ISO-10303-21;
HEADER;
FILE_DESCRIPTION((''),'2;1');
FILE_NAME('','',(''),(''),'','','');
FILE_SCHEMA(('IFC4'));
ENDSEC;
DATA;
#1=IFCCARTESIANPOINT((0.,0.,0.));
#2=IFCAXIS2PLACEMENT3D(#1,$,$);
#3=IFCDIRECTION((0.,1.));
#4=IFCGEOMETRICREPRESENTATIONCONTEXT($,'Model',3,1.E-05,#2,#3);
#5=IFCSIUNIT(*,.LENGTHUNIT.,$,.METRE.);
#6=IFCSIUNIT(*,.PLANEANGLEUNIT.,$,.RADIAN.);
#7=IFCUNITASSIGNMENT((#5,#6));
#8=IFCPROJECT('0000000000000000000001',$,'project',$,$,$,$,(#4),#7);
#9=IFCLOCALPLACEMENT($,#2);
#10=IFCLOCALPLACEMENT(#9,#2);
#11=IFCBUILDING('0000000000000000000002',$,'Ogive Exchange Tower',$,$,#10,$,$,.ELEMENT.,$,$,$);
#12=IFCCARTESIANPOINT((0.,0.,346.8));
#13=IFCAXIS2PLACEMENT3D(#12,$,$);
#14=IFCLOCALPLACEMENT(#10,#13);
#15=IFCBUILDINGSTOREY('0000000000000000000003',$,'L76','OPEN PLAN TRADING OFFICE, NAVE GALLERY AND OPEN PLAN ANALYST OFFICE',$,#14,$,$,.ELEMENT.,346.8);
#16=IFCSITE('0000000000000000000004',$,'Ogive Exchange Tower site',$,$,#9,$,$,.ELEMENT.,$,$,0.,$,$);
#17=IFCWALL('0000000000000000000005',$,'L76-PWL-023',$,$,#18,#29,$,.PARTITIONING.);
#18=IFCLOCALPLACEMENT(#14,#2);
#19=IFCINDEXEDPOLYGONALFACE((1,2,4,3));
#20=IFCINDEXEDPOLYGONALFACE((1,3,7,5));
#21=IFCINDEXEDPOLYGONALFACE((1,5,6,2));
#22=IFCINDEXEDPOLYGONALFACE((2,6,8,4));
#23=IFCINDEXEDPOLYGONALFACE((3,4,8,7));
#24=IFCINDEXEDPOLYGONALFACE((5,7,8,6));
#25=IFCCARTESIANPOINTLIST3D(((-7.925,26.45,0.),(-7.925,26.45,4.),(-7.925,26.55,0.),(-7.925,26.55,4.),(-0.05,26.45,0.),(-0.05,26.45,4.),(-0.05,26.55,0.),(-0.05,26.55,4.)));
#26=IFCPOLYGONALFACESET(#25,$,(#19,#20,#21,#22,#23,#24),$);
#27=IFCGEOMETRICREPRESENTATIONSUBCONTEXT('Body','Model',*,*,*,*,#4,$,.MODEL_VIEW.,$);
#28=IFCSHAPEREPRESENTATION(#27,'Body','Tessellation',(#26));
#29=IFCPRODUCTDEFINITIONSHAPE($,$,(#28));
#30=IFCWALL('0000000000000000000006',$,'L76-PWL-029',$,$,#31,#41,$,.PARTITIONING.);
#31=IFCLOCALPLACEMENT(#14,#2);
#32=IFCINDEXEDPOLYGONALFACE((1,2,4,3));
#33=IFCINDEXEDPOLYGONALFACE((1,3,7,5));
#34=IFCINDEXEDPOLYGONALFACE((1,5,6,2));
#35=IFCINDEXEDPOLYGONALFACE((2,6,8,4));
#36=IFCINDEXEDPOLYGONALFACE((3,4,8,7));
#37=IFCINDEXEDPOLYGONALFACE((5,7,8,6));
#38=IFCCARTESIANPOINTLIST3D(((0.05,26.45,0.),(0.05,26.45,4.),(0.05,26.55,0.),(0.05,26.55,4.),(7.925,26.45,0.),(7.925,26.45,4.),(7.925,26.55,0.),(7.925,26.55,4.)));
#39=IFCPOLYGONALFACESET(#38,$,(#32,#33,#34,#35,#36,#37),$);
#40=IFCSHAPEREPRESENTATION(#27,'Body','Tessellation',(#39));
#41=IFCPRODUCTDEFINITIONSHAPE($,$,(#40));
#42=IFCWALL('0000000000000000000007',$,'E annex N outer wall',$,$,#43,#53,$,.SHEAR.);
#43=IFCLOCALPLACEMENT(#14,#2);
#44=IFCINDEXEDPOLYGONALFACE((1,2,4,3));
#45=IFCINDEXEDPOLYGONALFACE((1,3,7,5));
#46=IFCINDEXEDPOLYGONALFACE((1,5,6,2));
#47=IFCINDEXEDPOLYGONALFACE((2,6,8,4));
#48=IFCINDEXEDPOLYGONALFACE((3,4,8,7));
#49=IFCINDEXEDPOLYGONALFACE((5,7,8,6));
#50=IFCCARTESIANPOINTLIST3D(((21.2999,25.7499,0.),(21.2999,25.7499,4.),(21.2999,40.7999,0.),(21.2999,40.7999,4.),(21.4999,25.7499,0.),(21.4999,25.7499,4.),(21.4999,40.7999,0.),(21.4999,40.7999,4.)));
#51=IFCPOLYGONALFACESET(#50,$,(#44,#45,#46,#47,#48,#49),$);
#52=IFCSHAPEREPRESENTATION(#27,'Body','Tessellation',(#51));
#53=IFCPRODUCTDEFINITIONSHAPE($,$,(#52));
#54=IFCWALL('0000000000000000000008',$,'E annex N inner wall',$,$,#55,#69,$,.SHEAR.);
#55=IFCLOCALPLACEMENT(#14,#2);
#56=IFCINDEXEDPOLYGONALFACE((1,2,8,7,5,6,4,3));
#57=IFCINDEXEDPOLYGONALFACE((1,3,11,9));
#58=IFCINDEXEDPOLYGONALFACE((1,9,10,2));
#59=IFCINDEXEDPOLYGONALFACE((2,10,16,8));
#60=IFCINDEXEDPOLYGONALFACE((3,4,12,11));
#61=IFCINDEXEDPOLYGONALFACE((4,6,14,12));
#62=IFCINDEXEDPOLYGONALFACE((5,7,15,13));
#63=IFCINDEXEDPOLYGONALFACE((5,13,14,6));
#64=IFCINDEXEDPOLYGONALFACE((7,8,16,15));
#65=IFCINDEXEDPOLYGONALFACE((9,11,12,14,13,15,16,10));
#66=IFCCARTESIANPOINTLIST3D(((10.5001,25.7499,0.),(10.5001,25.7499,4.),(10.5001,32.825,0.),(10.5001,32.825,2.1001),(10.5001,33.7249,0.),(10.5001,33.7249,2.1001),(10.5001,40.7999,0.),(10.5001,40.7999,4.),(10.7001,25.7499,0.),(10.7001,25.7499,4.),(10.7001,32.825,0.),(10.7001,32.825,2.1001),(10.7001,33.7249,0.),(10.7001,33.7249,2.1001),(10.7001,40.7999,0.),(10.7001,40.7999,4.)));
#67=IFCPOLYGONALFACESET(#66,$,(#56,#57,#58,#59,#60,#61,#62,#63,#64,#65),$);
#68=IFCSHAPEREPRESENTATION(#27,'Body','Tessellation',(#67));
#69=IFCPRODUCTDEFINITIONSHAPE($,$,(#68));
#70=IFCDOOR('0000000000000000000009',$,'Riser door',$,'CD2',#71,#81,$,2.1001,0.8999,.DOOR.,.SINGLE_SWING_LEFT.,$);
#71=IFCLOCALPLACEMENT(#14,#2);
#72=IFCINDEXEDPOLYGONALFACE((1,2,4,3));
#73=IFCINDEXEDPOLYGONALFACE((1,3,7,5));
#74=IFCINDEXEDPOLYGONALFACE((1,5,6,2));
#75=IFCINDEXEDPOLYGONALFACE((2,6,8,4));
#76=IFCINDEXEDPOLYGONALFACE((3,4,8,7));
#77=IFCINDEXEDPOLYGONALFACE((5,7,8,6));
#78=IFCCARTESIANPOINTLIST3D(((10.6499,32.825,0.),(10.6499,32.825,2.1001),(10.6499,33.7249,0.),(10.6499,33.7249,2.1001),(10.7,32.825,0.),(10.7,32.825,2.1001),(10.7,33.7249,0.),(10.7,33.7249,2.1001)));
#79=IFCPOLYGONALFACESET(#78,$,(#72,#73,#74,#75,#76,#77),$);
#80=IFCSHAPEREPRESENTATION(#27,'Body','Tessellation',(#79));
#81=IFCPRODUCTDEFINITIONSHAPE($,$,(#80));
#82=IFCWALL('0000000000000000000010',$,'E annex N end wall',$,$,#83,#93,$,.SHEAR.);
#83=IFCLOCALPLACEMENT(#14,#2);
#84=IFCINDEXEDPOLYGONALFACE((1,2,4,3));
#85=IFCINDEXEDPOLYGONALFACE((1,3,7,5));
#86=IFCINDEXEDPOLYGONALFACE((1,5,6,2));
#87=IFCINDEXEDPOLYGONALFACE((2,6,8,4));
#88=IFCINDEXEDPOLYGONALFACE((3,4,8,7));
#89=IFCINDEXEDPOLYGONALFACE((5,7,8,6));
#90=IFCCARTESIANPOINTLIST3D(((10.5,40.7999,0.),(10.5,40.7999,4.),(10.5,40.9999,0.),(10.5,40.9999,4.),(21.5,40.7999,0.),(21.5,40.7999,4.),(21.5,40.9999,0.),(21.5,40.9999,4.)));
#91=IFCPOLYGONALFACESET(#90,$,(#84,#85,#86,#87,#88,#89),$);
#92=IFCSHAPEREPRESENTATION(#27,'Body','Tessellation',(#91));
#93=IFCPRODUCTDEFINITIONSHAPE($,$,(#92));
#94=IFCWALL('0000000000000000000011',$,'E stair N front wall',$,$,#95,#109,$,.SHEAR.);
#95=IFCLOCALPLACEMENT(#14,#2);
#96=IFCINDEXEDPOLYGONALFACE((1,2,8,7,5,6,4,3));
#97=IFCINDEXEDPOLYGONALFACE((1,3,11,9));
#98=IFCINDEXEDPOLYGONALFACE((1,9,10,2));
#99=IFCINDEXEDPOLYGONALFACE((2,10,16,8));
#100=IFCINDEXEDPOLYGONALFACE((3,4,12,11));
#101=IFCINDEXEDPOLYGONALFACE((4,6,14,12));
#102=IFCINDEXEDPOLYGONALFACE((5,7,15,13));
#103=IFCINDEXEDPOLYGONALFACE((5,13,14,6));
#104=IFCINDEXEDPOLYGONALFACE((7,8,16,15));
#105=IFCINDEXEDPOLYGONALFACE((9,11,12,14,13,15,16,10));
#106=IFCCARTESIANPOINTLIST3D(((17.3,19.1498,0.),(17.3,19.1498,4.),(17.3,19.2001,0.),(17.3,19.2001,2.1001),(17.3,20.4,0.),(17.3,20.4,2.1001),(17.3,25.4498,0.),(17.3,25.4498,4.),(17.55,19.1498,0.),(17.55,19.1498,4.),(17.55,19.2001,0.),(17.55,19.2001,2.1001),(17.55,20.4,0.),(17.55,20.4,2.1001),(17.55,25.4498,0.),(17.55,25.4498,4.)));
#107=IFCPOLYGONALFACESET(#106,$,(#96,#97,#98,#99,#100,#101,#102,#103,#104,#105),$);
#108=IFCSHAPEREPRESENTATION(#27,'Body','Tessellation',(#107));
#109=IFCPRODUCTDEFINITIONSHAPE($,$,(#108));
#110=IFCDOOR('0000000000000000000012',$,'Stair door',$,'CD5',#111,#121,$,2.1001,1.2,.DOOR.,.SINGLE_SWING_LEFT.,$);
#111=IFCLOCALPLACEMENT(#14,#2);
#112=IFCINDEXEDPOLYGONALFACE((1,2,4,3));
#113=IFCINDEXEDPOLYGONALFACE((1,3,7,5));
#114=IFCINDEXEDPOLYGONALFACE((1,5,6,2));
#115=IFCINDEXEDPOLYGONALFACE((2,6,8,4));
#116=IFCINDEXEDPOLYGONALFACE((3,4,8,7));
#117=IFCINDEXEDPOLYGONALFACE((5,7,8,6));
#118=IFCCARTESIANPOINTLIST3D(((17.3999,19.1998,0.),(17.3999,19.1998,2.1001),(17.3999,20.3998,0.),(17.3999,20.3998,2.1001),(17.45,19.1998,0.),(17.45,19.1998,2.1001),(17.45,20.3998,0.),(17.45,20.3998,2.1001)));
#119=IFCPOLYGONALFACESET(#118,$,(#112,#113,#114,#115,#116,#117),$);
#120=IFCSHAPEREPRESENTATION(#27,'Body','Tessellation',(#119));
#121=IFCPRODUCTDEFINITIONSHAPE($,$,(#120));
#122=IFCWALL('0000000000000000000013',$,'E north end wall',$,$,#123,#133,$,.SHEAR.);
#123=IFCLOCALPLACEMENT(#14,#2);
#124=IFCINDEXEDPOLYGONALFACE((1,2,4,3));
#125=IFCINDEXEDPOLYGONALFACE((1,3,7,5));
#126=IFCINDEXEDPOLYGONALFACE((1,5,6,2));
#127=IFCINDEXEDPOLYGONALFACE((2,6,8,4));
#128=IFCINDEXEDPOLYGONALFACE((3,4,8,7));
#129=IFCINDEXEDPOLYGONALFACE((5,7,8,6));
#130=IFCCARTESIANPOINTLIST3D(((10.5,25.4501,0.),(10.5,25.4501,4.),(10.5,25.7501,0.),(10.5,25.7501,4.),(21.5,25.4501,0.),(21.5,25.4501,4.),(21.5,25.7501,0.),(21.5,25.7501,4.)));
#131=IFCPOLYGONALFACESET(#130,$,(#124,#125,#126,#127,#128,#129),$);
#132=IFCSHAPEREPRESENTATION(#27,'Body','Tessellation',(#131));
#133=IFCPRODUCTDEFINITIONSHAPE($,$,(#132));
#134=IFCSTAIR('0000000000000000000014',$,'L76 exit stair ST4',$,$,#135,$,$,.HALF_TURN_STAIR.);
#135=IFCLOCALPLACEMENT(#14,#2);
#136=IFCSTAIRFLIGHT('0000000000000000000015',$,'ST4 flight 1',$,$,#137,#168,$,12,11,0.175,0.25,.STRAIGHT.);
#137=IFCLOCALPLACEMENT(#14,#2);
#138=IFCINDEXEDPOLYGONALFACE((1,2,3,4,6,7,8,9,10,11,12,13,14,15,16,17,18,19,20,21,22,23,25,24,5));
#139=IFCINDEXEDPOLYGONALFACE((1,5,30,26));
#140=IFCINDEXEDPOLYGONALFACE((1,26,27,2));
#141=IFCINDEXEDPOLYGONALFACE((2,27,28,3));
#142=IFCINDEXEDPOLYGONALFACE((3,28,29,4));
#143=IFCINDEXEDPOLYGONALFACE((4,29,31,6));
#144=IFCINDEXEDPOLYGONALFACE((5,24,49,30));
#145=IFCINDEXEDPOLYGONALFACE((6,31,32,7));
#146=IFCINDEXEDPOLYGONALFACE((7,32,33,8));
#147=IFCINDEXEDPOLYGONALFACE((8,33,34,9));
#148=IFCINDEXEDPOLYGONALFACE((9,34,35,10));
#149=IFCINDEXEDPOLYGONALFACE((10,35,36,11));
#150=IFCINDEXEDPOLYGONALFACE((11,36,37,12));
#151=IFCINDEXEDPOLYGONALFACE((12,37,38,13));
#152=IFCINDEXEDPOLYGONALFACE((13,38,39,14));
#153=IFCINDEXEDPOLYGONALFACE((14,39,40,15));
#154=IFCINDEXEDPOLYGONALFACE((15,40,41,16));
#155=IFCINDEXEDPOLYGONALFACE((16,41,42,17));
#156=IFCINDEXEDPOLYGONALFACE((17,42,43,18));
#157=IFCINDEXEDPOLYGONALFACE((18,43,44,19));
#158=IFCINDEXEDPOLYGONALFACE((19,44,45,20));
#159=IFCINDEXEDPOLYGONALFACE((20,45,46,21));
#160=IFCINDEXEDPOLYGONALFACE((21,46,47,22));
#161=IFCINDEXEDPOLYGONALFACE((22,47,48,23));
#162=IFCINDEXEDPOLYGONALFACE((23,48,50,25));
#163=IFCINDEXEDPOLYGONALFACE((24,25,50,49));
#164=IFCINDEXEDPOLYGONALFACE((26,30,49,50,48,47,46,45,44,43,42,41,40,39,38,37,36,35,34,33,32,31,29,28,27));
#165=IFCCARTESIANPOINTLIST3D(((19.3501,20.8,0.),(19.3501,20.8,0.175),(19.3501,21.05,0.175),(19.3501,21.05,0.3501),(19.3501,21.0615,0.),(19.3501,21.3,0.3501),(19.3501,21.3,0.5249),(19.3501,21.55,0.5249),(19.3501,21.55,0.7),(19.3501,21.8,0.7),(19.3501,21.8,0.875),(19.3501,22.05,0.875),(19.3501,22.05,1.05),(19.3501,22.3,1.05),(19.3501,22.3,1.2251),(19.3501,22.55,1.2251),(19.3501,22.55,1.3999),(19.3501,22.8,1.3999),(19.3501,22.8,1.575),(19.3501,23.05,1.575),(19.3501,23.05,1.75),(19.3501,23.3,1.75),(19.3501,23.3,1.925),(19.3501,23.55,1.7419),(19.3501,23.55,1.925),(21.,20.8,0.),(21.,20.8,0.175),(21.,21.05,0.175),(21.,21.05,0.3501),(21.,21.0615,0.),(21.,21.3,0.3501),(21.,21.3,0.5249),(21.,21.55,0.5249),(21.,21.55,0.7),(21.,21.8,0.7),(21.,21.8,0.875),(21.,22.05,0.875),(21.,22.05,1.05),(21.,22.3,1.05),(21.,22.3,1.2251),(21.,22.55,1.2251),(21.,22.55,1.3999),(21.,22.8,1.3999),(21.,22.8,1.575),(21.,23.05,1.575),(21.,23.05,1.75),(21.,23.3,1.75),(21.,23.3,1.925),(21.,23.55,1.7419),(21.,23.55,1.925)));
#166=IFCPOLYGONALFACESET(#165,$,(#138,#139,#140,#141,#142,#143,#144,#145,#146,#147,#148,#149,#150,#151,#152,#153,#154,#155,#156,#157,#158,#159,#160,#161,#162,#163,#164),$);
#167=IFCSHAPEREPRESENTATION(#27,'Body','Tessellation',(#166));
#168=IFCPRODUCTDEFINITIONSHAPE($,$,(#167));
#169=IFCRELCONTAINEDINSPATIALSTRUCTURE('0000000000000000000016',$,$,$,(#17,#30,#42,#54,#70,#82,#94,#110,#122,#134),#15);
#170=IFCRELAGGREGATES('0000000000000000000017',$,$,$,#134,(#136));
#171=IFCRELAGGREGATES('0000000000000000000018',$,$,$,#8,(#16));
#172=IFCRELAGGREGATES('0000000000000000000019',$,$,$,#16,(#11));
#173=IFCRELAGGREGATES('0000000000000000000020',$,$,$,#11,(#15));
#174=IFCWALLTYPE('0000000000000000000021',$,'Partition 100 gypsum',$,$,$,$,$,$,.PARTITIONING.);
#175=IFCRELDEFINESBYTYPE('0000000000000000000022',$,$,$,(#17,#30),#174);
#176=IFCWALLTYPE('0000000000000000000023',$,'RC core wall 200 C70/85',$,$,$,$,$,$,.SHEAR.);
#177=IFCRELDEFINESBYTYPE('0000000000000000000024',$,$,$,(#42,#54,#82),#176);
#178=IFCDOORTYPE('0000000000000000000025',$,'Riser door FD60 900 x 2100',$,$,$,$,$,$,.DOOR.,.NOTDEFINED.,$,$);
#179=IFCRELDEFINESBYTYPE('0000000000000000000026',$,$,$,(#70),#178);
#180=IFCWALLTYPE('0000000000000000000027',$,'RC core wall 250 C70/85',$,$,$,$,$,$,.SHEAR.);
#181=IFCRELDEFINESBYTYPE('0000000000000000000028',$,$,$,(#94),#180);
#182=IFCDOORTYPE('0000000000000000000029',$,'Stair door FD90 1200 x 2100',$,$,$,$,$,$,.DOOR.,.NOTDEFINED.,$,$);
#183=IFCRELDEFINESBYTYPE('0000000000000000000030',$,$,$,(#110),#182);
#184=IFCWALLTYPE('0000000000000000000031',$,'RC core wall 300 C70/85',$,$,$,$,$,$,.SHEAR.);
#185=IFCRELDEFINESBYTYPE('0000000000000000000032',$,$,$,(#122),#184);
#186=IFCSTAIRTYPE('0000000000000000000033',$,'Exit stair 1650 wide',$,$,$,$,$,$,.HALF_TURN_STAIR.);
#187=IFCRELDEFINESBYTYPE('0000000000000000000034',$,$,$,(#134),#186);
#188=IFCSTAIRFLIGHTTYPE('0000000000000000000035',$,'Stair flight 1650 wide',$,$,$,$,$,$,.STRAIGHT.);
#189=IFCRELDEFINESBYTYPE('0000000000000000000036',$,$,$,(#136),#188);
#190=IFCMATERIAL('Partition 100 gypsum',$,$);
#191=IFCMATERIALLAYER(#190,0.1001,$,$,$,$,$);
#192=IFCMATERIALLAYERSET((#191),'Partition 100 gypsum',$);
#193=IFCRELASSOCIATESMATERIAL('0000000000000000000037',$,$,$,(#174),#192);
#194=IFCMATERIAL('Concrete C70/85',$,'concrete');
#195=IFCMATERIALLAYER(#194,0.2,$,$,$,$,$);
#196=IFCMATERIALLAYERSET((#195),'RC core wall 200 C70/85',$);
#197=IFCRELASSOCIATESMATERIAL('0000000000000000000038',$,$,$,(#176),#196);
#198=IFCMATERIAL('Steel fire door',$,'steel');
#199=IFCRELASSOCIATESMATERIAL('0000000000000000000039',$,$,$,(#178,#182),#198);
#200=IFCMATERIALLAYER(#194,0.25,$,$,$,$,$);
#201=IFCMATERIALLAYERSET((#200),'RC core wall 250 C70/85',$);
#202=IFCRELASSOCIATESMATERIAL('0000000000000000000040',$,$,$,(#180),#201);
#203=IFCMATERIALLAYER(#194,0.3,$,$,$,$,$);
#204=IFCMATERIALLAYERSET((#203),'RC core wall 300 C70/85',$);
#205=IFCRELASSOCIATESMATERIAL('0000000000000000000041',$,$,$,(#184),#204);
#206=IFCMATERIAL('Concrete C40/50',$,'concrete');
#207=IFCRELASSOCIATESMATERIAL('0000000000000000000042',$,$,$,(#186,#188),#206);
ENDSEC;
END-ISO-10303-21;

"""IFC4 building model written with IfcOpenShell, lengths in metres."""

from ifc_helpers import new_model, si_unit, direction, frame, frame_2d, origin, place, context, subcontext, project, spatial, polyline, rectangle, outline, extrude, material, layer, layer_set, type_object, element, fill, aggregate, save


model = new_model("IFC4")

# Units and contexts
model_context = context("Model", 3, precision=1e-05, world=origin(), true_north=direction((0.0, 1.0)))
body_context = subcontext(model_context, "Body", "Model", "MODEL_VIEW")
ifc_project = project(units=[si_unit("LENGTHUNIT", "METRE"), si_unit("PLANEANGLEUNIT", "RADIAN")], contexts=[model_context])

# Site, building, storey
site_placement = place(None, origin())
site = spatial("IfcSite", under=ifc_project, at=site_placement, Name="Ogive Exchange Tower site", CompositionType="ELEMENT", RefElevation=0.0)
building_placement = place(site_placement, origin())
building = spatial("IfcBuilding", under=site, at=building_placement, Name="Ogive Exchange Tower", CompositionType="ELEMENT")
storey_placement = place(building_placement, frame((0.0, 0.0, 346.8)))
storey = spatial("IfcBuildingStorey", under=building, at=storey_placement, Name="L76", Description="OPEN PLAN TRADING OFFICE, NAVE GALLERY AND OPEN PLAN ANALYST OFFICE", CompositionType="ELEMENT", Elevation=346.8)

# Walls
ifc_material_1 = material(Name="Partition 100 gypsum")
ifc_layer_1 = layer(ifc_material_1, 0.1001)
ifc_layer_set_1 = layer_set([ifc_layer_1], Name="Partition 100 gypsum")
wall_type_1 = type_object("IfcWallType", Name="Partition 100 gypsum", PredefinedType="PARTITIONING", material=ifc_layer_set_1)
for number, where, z_axis, x_axis, name in (
    (1, (-0.05, 26.5, 0.0), (0.0, 0.0, 1.0), (-1.0, 0.0, 0.0), "L76-PWL-023"),
    (2, (7.925, 26.5, 0.0), (0.0, 0.0, 1.0), (-1.0, 0.0, 0.0), "L76-PWL-029"),
):
    element("IfcWall", number, at=place(storey_placement, frame(where, z_axis=z_axis, x_axis=x_axis)), inside=storey, type_object=wall_type_1, Name=name, PredefinedType="PARTITIONING", context=body_context, shape_type="SweptSolid", body=[
        extrude(rectangle(XDim=7.875, YDim=0.1001, at=frame_2d((3.9375, 0.0))), origin(), (0.0, 0.0, 1.0), 4.0),
    ])
ifc_material_2 = material(Name="Concrete C70/85", Category="concrete")
ifc_layer_2 = layer(ifc_material_2, 0.2)
ifc_layer_set_2 = layer_set([ifc_layer_2], Name="RC core wall 200 C70/85")
wall_type_2 = type_object("IfcWallType", Name="RC core wall 200 C70/85", PredefinedType="SHEAR", material=ifc_layer_set_2)
wall_1_placement = place(storey_placement, frame((21.3999, 25.75, 0.0), z_axis=(0.0, 0.0, 1.0), x_axis=(0.0, 1.0, 0.0)))
element("IfcWall", 3, at=wall_1_placement, inside=storey, type_object=wall_type_2, Name="E annex N outer wall", PredefinedType="SHEAR", context=body_context, shape_type="SweptSolid", body=[
    extrude(rectangle(XDim=15.05, YDim=0.2, at=frame_2d((7.5249, 0.0))), origin(), (0.0, 0.0, 1.0), 4.0),
])

# Wall, opening, door
wall_2_placement = place(storey_placement, frame((10.6001, 25.75, 0.0), z_axis=(0.0, 0.0, 1.0), x_axis=(0.0, 1.0, 0.0)))
wall_2 = element("IfcWall", 4, at=wall_2_placement, inside=storey, type_object=wall_type_2, Name="E annex N inner wall", PredefinedType="SHEAR", context=body_context, shape_type="SweptSolid", body=[
    extrude(rectangle(XDim=15.05, YDim=0.2, at=frame_2d((7.5249, 0.0))), origin(), (0.0, 0.0, 1.0), 4.0),
])
opening_1_placement = place(wall_2_placement, frame((7.075, 0.0, 0.0)))
opening_1 = element("IfcOpeningElement", 5, at=opening_1_placement, cuts=wall_2, PredefinedType="OPENING", context=body_context, shape_type="SweptSolid", body=[
    extrude(rectangle(XDim=0.8999, YDim=2.1001, at=frame_2d((0.45, 1.05))), frame((0.0, 0.1099, 0.0), z_axis=(0.0, -1.0, 0.0), x_axis=(1.0, 0.0, 0.0)), (0.0, 0.0, 1.0), 0.22),
])
ifc_material_3 = material(Name="Steel fire door", Category="steel")
door_type_1 = type_object("IfcDoorType", Name="Riser door FD60 900 x 2100", OperationType="NOTDEFINED", PredefinedType="DOOR", material=ifc_material_3)
door_1_placement = place(opening_1_placement, origin())
door_1 = element("IfcDoor", 6, at=door_1_placement, inside=storey, type_object=door_type_1, Name="Riser door", ObjectType="CD2", OperationType="SINGLE_SWING_LEFT", OverallHeight=2.1001, OverallWidth=0.8999, PredefinedType="DOOR", context=body_context, shape_type="SweptSolid", body=[
    extrude(rectangle(XDim=0.8999, YDim=2.1001, at=frame_2d((0.45, 1.05))), frame((0.0, -0.0498, 0.0), z_axis=(0.0, -1.0, 0.0), x_axis=(1.0, 0.0, 0.0)), (0.0, 0.0, 1.0), 0.05),
])
fill(opening_1, door_1)

# Wall
wall_3_placement = place(storey_placement, frame((10.5, 40.8999, 0.0), z_axis=(0.0, 0.0, 1.0), x_axis=(1.0, 0.0, 0.0)))
element("IfcWall", 7, at=wall_3_placement, inside=storey, type_object=wall_type_2, Name="E annex N end wall", PredefinedType="SHEAR", context=body_context, shape_type="SweptSolid", body=[
    extrude(rectangle(XDim=11.0, YDim=0.2, at=frame_2d((5.5, 0.0))), origin(), (0.0, 0.0, 1.0), 4.0),
])

# Wall, opening, door
ifc_layer_3 = layer(ifc_material_2, 0.25)
ifc_layer_set_3 = layer_set([ifc_layer_3], Name="RC core wall 250 C70/85")
wall_type_3 = type_object("IfcWallType", Name="RC core wall 250 C70/85", PredefinedType="SHEAR", material=ifc_layer_set_3)
wall_4_placement = place(storey_placement, frame((17.425, 19.1499, 0.0), z_axis=(0.0, 0.0, 1.0), x_axis=(0.0, 1.0, 0.0)))
wall_4 = element("IfcWall", 8, at=wall_4_placement, inside=storey, type_object=wall_type_3, Name="E stair N front wall", PredefinedType="SHEAR", context=body_context, shape_type="SweptSolid", body=[
    extrude(rectangle(XDim=6.3, YDim=0.25, at=frame_2d((3.1499, 0.0))), origin(), (0.0, 0.0, 1.0), 4.0),
])
opening_2_placement = place(wall_4_placement, frame((0.05, 0.0, 0.0)))
opening_2 = element("IfcOpeningElement", 9, at=opening_2_placement, cuts=wall_4, PredefinedType="OPENING", context=body_context, shape_type="SweptSolid", body=[
    extrude(rectangle(XDim=1.2, YDim=2.1001, at=frame_2d((0.6001, 1.05))), frame((0.0, 0.135, 0.0), z_axis=(0.0, -1.0, 0.0), x_axis=(1.0, 0.0, 0.0)), (0.0, 0.0, 1.0), 0.27),
])
door_type_2 = type_object("IfcDoorType", Name="Stair door FD90 1200 x 2100", OperationType="NOTDEFINED", PredefinedType="DOOR", material=ifc_material_3)
door_2_placement = place(opening_2_placement, frame((1.2, 0.0, 0.0), z_axis=(0.0, 0.0, 1.0), x_axis=(-1.0, 0.0, 0.0)))
door_2 = element("IfcDoor", 10, at=door_2_placement, inside=storey, type_object=door_type_2, Name="Stair door", ObjectType="CD5", OperationType="SINGLE_SWING_LEFT", OverallHeight=2.1001, OverallWidth=1.2, PredefinedType="DOOR", context=body_context, shape_type="SweptSolid", body=[
    extrude(rectangle(XDim=1.2, YDim=2.1001, at=frame_2d((0.6001, 1.05))), frame((0.0, 0.0249, 0.0), z_axis=(0.0, -1.0, 0.0), x_axis=(1.0, 0.0, 0.0)), (0.0, 0.0, 1.0), 0.05),
])
fill(opening_2, door_2)

# Wall
ifc_layer_4 = layer(ifc_material_2, 0.3)
ifc_layer_set_4 = layer_set([ifc_layer_4], Name="RC core wall 300 C70/85")
wall_type_4 = type_object("IfcWallType", Name="RC core wall 300 C70/85", PredefinedType="SHEAR", material=ifc_layer_set_4)
wall_5_placement = place(storey_placement, frame((10.5, 25.6001, 0.0), z_axis=(0.0, 0.0, 1.0), x_axis=(1.0, 0.0, 0.0)))
element("IfcWall", 11, at=wall_5_placement, inside=storey, type_object=wall_type_4, Name="E north end wall", PredefinedType="SHEAR", context=body_context, shape_type="SweptSolid", body=[
    extrude(rectangle(XDim=11.0, YDim=0.3, at=frame_2d((5.5, 0.0))), origin(), (0.0, 0.0, 1.0), 4.0),
])

# Stair, stair flight
ifc_material_4 = material(Name="Concrete C40/50", Category="concrete")
stair_type = type_object("IfcStairType", Name="Exit stair 1650 wide", PredefinedType="HALF_TURN_STAIR", material=ifc_material_4)
stair_placement = place(storey_placement, origin())
stair = element("IfcStair", 12, at=stair_placement, inside=storey, type_object=stair_type, Name="L76 exit stair ST4", PredefinedType="HALF_TURN_STAIR")
stair_flight_type = type_object("IfcStairFlightType", Name="Stair flight 1650 wide", PredefinedType="STRAIGHT", material=ifc_material_4)
stair_flight_1_placement = place(storey_placement, frame((20.175, 20.8, 0.0), z_axis=(0.0, 0.0, 1.0), x_axis=(0.0, 1.0, 0.0)))
stair_flight_1 = element("IfcStairFlight", 13, at=stair_flight_1_placement, type_object=stair_flight_type, Name="ST4 flight 1", NumberOfRisers=12, NumberOfTreads=11, PredefinedType="STRAIGHT", RiserHeight=0.175, TreadLength=0.25, context=body_context, shape_type="SweptSolid", body=[
    extrude(outline(polyline([(0.0, 0.0), (0.0, 0.175), (0.25, 0.175), (0.25, 0.3501), (0.5, 0.3501), (0.5, 0.5249), (0.75, 0.5249), (0.75, 0.7), (1.0, 0.7), (1.0, 0.875), (1.25, 0.875), (1.25, 1.05), (1.5, 1.05), (1.5, 1.2251), (1.75, 1.2251), (1.75, 1.3999), (2.0, 1.3999), (2.0, 1.575), (2.25, 1.575), (2.25, 1.75), (2.5, 1.75), (2.5, 1.925), (2.75, 1.925), (2.75, 2.1001), (2.75, 1.7419), (0.2615, 0.0), (0.0, 0.0)])), frame((0.0, 0.825, 0.0), z_axis=(0.0, -1.0, 0.0), x_axis=(1.0, 0.0, 0.0)), (0.0, 0.0, 1.0), 1.6499),
])
aggregate(stair, [stair_flight_1])

save(model, "model.ifc")
